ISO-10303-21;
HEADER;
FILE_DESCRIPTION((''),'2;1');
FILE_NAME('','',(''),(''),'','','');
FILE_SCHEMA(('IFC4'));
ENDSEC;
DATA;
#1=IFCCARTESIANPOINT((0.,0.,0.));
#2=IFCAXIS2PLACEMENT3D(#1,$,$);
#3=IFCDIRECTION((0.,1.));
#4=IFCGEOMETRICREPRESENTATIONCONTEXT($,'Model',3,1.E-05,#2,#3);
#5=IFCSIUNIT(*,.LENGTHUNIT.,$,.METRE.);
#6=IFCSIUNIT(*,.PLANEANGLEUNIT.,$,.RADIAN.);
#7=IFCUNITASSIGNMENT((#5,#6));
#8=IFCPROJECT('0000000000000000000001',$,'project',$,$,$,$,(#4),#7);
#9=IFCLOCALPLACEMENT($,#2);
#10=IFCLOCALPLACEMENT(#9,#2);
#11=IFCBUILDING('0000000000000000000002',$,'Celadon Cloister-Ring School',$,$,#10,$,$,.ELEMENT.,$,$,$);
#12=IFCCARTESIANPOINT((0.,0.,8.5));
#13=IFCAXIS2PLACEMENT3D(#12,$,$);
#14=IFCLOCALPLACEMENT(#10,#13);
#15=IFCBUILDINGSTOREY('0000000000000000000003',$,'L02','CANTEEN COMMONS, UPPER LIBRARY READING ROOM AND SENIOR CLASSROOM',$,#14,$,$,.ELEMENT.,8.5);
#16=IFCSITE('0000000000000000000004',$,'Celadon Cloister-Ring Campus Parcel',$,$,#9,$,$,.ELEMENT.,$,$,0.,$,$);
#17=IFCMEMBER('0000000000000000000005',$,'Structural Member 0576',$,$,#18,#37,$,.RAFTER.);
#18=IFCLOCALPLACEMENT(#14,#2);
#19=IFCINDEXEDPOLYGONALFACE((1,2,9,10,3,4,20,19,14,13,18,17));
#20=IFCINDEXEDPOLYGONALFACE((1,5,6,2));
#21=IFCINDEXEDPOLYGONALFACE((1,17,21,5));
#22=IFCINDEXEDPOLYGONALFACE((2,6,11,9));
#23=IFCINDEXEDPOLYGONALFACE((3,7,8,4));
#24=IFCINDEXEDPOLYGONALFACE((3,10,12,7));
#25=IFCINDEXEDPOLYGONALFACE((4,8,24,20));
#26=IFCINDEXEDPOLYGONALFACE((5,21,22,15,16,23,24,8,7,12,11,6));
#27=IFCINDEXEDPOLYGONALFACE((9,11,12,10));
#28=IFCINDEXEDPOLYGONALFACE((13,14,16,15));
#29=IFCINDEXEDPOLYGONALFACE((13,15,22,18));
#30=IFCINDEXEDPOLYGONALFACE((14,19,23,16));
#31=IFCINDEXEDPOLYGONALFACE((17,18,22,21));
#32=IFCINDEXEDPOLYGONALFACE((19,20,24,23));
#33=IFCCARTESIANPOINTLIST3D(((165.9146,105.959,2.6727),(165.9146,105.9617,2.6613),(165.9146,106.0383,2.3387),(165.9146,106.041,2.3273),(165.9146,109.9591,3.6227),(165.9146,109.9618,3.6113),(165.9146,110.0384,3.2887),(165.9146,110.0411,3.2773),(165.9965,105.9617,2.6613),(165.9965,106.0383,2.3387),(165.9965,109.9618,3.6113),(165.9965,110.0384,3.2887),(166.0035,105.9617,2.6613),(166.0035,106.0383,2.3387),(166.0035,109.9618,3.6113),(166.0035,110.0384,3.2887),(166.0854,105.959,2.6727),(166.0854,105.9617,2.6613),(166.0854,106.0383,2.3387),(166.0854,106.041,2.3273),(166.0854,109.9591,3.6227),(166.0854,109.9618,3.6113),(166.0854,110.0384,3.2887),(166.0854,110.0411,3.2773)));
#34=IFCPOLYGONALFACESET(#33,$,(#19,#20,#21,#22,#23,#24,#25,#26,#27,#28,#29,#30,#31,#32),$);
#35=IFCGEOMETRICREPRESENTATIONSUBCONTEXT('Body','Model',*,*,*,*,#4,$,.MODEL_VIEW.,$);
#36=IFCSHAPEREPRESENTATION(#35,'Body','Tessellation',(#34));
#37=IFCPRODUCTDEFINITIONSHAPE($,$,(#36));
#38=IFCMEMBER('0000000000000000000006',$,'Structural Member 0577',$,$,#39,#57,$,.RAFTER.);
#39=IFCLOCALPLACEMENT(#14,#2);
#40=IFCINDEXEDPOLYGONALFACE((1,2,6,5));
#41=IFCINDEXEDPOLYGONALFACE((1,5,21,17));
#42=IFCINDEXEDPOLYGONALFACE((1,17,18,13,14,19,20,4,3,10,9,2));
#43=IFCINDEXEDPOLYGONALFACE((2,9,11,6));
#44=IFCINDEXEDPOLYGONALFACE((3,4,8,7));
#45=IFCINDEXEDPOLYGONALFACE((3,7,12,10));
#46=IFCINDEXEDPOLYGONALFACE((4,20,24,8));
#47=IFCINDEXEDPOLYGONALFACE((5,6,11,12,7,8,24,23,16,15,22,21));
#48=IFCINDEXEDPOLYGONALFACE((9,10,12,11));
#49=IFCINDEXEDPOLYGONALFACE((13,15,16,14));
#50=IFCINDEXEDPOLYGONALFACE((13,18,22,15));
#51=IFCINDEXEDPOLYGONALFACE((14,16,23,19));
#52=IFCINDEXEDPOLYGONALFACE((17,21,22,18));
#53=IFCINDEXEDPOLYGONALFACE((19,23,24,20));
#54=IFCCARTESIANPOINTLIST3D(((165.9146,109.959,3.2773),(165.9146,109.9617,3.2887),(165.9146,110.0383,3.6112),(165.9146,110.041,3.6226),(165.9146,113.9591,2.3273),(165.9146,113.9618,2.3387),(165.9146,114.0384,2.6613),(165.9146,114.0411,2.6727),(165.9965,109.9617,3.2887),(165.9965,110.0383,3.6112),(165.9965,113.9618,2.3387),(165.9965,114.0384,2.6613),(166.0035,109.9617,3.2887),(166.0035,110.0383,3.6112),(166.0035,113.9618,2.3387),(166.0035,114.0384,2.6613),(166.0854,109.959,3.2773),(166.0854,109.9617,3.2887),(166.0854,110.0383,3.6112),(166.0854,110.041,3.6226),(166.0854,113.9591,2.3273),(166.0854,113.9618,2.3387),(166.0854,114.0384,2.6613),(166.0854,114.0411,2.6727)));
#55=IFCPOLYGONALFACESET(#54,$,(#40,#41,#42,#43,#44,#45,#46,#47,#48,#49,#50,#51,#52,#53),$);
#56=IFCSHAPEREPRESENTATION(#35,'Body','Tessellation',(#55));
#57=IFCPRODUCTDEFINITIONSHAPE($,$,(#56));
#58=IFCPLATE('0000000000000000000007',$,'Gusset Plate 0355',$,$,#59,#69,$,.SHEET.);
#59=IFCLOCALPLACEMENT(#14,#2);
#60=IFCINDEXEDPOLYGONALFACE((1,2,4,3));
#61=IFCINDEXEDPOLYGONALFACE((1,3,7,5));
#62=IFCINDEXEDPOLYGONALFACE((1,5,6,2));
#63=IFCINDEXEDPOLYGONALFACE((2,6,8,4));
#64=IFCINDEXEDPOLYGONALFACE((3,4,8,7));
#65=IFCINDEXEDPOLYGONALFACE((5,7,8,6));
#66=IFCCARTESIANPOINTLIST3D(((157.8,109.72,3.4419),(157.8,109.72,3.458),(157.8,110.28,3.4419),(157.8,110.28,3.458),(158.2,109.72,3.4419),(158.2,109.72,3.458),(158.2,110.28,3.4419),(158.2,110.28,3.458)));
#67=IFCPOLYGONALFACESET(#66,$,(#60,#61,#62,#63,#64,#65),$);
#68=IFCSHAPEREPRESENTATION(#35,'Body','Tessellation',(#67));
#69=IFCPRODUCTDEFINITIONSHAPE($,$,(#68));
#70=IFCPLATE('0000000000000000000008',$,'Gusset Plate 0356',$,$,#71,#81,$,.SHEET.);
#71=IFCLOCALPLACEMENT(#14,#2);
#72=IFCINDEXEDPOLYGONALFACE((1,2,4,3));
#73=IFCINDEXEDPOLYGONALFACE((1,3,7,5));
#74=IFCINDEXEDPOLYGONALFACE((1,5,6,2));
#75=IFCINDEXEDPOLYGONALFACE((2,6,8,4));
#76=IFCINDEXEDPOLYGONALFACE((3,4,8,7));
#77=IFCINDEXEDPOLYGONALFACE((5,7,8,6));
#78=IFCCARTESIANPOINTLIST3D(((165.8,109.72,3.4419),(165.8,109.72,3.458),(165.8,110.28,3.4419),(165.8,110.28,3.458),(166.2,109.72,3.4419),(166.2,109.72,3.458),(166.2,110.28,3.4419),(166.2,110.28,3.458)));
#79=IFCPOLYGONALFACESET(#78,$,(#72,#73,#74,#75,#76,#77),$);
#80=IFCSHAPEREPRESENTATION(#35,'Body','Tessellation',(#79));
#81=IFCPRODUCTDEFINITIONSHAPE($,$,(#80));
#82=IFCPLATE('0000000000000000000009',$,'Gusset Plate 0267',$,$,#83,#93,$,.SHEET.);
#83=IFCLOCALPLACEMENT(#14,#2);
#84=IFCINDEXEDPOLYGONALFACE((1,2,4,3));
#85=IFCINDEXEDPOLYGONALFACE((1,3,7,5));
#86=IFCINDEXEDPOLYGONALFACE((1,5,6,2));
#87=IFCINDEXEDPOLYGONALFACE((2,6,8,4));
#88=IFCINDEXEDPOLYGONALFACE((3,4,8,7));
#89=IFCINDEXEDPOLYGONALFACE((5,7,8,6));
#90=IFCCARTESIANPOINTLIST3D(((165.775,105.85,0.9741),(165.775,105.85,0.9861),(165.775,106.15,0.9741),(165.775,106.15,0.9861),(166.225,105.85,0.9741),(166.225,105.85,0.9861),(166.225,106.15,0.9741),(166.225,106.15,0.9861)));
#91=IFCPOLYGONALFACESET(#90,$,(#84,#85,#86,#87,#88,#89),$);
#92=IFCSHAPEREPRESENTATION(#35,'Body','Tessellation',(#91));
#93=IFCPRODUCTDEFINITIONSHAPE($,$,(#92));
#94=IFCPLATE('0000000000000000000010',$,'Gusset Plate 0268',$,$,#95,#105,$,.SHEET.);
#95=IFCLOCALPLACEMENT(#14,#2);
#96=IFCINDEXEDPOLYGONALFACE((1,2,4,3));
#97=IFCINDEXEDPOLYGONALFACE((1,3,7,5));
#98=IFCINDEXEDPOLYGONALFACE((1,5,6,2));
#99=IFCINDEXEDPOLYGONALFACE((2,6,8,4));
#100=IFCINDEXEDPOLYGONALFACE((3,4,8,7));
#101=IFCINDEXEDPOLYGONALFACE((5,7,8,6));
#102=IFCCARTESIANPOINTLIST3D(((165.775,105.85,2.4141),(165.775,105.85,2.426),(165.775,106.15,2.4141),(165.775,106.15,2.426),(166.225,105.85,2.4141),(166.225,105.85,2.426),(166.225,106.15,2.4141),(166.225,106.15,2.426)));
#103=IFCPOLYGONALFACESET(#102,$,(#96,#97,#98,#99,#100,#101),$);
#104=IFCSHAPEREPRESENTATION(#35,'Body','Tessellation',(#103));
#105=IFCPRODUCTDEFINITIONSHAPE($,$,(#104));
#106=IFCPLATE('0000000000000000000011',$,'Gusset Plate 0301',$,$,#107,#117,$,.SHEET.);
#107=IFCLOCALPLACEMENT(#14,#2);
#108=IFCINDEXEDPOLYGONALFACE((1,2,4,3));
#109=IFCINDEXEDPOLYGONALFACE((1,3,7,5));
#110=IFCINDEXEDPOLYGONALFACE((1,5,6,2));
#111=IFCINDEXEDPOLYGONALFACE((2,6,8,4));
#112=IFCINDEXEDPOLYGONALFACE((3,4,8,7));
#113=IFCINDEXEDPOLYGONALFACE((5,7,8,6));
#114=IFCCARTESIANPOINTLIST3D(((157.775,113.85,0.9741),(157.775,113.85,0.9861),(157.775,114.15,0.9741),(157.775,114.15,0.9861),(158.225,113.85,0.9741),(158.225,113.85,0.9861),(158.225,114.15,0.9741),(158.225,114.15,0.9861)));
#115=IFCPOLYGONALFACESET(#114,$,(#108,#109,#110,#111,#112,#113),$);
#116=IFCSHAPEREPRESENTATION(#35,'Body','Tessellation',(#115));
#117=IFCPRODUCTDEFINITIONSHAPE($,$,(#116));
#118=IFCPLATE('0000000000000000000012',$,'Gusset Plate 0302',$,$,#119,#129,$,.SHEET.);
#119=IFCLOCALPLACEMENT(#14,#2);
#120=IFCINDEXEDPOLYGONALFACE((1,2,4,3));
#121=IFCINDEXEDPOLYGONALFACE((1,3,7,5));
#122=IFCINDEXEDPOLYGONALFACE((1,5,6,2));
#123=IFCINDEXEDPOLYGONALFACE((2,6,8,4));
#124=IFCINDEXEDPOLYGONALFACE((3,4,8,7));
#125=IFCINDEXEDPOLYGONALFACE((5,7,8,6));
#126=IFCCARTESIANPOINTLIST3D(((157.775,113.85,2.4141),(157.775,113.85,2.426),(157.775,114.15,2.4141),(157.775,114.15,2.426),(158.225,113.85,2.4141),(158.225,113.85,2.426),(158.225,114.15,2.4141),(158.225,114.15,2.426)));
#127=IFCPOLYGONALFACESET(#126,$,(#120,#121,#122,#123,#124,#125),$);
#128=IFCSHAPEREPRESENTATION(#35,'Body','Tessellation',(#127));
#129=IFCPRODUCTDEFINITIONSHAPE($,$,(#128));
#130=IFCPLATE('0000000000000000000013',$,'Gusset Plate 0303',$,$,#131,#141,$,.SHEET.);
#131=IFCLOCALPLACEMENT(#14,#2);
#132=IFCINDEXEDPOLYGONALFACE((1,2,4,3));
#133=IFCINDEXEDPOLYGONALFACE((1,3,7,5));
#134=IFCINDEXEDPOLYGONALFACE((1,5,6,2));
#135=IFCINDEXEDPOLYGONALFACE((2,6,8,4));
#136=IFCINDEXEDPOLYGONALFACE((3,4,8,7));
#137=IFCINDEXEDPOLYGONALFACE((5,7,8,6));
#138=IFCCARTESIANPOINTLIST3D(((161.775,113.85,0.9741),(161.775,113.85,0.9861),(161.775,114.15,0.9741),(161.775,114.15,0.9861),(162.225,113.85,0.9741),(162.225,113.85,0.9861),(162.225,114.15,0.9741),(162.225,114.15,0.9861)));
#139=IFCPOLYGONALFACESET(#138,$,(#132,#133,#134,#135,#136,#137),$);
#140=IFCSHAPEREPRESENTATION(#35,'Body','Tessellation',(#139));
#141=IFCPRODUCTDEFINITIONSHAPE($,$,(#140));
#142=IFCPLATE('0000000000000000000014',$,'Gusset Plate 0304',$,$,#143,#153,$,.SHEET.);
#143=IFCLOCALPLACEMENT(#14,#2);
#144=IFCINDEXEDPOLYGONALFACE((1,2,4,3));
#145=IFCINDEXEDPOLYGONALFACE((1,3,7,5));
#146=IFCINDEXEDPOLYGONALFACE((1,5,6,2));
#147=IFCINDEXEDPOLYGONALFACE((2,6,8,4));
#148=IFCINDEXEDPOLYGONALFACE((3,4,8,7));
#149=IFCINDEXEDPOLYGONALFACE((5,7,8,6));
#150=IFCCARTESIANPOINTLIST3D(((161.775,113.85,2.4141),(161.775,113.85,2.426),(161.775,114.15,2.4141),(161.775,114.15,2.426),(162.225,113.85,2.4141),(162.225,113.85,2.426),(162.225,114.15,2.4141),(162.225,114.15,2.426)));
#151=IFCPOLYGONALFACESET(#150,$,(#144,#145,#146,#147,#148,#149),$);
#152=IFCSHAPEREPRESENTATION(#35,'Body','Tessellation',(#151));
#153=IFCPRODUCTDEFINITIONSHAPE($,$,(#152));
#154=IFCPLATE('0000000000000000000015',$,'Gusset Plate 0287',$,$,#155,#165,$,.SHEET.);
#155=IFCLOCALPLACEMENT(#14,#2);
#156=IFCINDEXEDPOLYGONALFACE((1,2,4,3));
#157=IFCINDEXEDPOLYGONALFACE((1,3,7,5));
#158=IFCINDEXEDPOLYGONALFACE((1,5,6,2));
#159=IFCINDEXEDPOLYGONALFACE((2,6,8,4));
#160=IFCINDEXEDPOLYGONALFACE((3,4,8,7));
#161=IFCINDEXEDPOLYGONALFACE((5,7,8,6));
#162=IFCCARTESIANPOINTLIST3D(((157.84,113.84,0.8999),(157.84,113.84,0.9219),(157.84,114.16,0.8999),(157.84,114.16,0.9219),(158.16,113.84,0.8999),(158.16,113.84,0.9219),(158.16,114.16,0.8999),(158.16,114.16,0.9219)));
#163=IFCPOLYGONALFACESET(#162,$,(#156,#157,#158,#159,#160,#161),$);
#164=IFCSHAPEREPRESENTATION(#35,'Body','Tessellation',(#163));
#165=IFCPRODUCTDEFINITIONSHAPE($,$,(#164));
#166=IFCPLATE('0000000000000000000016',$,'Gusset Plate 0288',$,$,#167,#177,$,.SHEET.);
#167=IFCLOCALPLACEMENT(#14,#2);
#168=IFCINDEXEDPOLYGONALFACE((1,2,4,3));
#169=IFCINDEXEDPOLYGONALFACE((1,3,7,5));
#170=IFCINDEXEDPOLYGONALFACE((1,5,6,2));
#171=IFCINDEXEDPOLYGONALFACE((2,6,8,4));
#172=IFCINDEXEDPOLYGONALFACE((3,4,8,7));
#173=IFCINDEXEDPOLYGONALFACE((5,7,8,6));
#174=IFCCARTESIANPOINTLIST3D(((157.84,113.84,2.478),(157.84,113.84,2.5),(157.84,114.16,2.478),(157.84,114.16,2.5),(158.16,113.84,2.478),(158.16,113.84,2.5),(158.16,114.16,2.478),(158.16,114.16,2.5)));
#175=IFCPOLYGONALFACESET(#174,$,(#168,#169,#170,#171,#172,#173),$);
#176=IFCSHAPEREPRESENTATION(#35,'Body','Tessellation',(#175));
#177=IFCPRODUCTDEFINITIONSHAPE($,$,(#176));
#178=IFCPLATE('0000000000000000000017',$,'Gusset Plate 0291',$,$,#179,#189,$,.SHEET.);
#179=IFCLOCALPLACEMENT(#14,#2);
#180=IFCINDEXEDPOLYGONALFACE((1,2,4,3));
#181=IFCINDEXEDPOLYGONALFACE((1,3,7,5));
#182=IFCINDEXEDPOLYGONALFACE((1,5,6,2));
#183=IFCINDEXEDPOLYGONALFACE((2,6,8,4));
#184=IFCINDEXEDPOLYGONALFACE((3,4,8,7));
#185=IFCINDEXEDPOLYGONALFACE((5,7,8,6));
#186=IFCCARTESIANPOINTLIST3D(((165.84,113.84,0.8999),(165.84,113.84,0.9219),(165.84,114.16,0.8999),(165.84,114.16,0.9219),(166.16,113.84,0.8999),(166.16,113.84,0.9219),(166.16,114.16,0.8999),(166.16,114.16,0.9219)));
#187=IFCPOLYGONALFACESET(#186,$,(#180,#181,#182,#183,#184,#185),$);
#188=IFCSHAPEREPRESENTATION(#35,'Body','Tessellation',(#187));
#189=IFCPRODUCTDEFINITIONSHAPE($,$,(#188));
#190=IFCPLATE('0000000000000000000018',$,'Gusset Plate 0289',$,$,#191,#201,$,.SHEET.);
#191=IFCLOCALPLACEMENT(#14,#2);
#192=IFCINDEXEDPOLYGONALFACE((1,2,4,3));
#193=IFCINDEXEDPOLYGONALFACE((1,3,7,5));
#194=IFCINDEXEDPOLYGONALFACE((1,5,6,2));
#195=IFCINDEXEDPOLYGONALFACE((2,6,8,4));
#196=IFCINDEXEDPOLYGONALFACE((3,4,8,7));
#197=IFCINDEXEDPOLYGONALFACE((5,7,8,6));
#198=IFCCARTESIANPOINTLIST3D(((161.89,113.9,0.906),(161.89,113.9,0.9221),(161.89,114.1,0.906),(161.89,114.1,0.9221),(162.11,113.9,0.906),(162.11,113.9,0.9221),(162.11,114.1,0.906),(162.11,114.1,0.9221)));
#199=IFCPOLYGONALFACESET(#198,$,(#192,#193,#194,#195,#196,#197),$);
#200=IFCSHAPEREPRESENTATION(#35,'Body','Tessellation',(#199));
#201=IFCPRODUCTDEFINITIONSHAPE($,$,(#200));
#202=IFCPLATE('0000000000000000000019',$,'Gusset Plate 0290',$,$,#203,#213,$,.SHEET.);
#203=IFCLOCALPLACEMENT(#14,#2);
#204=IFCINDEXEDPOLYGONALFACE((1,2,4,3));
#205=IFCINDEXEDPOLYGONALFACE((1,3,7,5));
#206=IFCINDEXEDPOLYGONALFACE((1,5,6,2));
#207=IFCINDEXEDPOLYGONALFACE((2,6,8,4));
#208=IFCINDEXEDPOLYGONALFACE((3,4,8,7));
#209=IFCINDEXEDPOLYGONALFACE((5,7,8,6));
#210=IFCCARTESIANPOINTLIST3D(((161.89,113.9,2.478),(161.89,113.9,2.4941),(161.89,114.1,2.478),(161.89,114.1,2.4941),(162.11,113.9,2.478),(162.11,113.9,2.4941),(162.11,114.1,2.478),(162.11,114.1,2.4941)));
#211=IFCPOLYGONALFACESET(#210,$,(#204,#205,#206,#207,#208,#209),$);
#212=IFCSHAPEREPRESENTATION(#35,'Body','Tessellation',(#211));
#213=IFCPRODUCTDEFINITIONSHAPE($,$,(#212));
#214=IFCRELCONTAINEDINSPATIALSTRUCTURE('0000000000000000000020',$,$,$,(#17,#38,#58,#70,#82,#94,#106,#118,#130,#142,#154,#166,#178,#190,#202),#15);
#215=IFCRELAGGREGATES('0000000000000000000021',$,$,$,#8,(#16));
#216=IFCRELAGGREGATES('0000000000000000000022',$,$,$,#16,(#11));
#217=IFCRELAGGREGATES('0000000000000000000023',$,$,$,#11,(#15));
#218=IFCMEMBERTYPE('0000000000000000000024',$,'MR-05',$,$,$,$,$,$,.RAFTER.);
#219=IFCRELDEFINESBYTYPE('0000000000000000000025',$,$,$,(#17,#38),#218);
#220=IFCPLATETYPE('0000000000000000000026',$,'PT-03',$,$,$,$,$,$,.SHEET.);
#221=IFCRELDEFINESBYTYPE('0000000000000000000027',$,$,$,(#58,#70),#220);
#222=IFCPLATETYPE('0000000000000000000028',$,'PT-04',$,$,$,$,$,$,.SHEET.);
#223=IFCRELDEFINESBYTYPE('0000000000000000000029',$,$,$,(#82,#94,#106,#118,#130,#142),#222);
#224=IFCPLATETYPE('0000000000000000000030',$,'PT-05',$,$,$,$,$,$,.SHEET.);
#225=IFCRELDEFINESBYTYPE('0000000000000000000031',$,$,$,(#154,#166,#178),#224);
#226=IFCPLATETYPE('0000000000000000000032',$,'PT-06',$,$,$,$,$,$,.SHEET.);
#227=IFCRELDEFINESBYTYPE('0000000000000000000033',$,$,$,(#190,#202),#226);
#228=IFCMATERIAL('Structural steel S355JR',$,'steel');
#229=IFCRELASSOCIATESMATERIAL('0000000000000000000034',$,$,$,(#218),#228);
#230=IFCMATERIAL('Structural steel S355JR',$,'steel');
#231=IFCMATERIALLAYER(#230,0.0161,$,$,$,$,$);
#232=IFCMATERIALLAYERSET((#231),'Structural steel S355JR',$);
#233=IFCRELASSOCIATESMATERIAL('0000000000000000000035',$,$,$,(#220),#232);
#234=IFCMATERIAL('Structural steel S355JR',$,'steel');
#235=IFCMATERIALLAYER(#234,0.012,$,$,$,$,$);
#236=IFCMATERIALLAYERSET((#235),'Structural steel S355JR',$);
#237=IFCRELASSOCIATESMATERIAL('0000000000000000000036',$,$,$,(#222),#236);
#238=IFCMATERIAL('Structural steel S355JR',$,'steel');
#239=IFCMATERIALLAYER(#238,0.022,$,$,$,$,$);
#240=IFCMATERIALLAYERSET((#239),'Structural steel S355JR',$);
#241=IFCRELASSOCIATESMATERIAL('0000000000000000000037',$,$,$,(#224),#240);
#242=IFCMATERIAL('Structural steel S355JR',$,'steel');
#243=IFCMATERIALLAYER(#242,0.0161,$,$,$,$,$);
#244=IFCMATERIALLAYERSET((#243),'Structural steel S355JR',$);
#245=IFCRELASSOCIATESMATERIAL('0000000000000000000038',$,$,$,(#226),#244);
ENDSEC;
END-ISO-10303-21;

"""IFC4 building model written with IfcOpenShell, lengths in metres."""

from ifc_helpers import new_model, si_unit, direction, frame, origin, origin_2d, place, context, subcontext, project, spatial, rectangle, i_section, extrude, material, layer, layer_set, material_profile, profile_set, type_object, element, save


model = new_model("IFC4")

# Units and contexts
model_context = context("Model", 3, precision=1e-05, world=origin(), true_north=direction((0.0, 1.0)))
body_context = subcontext(model_context, "Body", "Model", "MODEL_VIEW")
ifc_project = project(units=[si_unit("LENGTHUNIT", "METRE"), si_unit("PLANEANGLEUNIT", "RADIAN")], contexts=[model_context])

# Site, building, storey
site_placement = place(None, origin())
site = spatial("IfcSite", under=ifc_project, at=site_placement, Name="Celadon Cloister-Ring Campus Parcel", CompositionType="ELEMENT", RefElevation=0.0)
building_placement = place(site_placement, origin())
building = spatial("IfcBuilding", under=site, at=building_placement, Name="Celadon Cloister-Ring School", CompositionType="ELEMENT")
storey_placement = place(building_placement, frame((0.0, 0.0, 8.5)))
storey = spatial("IfcBuildingStorey", under=building, at=storey_placement, Name="L02", Description="CANTEEN COMMONS, UPPER LIBRARY READING ROOM AND SENIOR CLASSROOM", CompositionType="ELEMENT", Elevation=8.5)

# Members
ifc_material_1 = material(Name="Structural steel S355JR", Category="steel")
ifc_material_profile_1 = material_profile(ifc_material_1, i_section(OverallWidth=0.1709, OverallDepth=0.355, WebThickness=0.0071, FlangeThickness=0.0117, at=origin_2d()), Name="W360X51")
ifc_profile_set_1 = profile_set([ifc_material_profile_1], Name="Structural steel S355JR")
member_type_1 = type_object("IfcMemberType", Name="MR-05", PredefinedType="RAFTER", material=ifc_profile_set_1)
for number, where, z_axis, x_axis, name in (
    (1, (166.0, 106.0, 2.5), (0.0, 0.972939, 0.231061), (-1.0, 0.0, 0.0), "Structural Member 0576"),
    (2, (166.0, 110.0, 3.45), (0.0, 0.972939, -0.231061), (-1.0, 0.0, 0.0), "Structural Member 0577"),
):
    element("IfcMember", number, at=place(storey_placement, frame(where, z_axis=z_axis, x_axis=x_axis)), inside=storey, type_object=member_type_1, Name=name, PredefinedType="RAFTER", context=body_context, shape_type="SweptSolid", body=[
        extrude(i_section(OverallWidth=0.1709, OverallDepth=0.355, WebThickness=0.0071, FlangeThickness=0.0117, at=origin_2d()), origin(), (0.0, 0.0, 1.0), 4.1113),
    ])

# Plates
ifc_material_2 = material(Name="Structural steel S355JR", Category="steel")
ifc_layer_1 = layer(ifc_material_2, 0.0161)
ifc_layer_set_1 = layer_set([ifc_layer_1], Name="Structural steel S355JR")
plate_type_1 = type_object("IfcPlateType", Name="PT-03", PredefinedType="SHEET", material=ifc_layer_set_1)
for number, where, z_axis, x_axis, name in (
    (3, (158.0, 110.0, 3.4419), (0.0, 0.0, 1.0), (0.0, 1.0, 0.0), "Gusset Plate 0355"),
    (4, (166.0, 110.0, 3.4419), (0.0, 0.0, 1.0), (0.0, 1.0, 0.0), "Gusset Plate 0356"),
):
    element("IfcPlate", number, at=place(storey_placement, frame(where, z_axis=z_axis, x_axis=x_axis)), inside=storey, type_object=plate_type_1, Name=name, PredefinedType="SHEET", context=body_context, shape_type="SweptSolid", body=[
        extrude(rectangle(XDim=0.5601, YDim=0.3999, at=origin_2d()), origin(), (0.0, 0.0, 1.0), 0.0161),
    ])
ifc_material_3 = material(Name="Structural steel S355JR", Category="steel")
ifc_layer_2 = layer(ifc_material_3, 0.012)
ifc_layer_set_2 = layer_set([ifc_layer_2], Name="Structural steel S355JR")
plate_type_2 = type_object("IfcPlateType", Name="PT-04", PredefinedType="SHEET", material=ifc_layer_set_2)
for number, where, z_axis, x_axis, name in (
    (5, (166.0, 106.0, 0.9741), (0.0, 0.0, 1.0), (1.0, 0.0, 0.0), "Gusset Plate 0267"),
    (6, (166.0, 106.0, 2.4141), (0.0, 0.0, 1.0), (1.0, 0.0, 0.0), "Gusset Plate 0268"),
    (7, (158.0, 114.0, 0.9741), (0.0, 0.0, 1.0), (1.0, 0.0, 0.0), "Gusset Plate 0301"),
    (8, (158.0, 114.0, 2.4141), (0.0, 0.0, 1.0), (1.0, 0.0, 0.0), "Gusset Plate 0302"),
    (9, (162.0, 114.0, 0.9741), (0.0, 0.0, 1.0), (1.0, 0.0, 0.0), "Gusset Plate 0303"),
    (10, (162.0, 114.0, 2.4141), (0.0, 0.0, 1.0), (1.0, 0.0, 0.0), "Gusset Plate 0304"),
):
    element("IfcPlate", number, at=place(storey_placement, frame(where, z_axis=z_axis, x_axis=x_axis)), inside=storey, type_object=plate_type_2, Name=name, PredefinedType="SHEET", context=body_context, shape_type="SweptSolid", body=[
        extrude(rectangle(XDim=0.45, YDim=0.3, at=origin_2d()), origin(), (0.0, 0.0, 1.0), 0.012),
    ])
ifc_material_4 = material(Name="Structural steel S355JR", Category="steel")
ifc_layer_3 = layer(ifc_material_4, 0.022)
ifc_layer_set_3 = layer_set([ifc_layer_3], Name="Structural steel S355JR")
plate_type_3 = type_object("IfcPlateType", Name="PT-05", PredefinedType="SHEET", material=ifc_layer_set_3)
for number, where, z_axis, x_axis, name in (
    (11, (158.0, 114.0, 0.8999), (0.0, 0.0, 1.0), (1.0, 0.0, 0.0), "Gusset Plate 0287"),
    (12, (158.0, 114.0, 2.478), (0.0, 0.0, 1.0), (1.0, 0.0, 0.0), "Gusset Plate 0288"),
    (13, (166.0, 114.0, 0.8999), (0.0, 0.0, 1.0), (1.0, 0.0, 0.0), "Gusset Plate 0291"),
):
    element("IfcPlate", number, at=place(storey_placement, frame(where, z_axis=z_axis, x_axis=x_axis)), inside=storey, type_object=plate_type_3, Name=name, PredefinedType="SHEET", context=body_context, shape_type="SweptSolid", body=[
        extrude(rectangle(XDim=0.3201, YDim=0.3201, at=origin_2d()), origin(), (0.0, 0.0, 1.0), 0.022),
    ])
ifc_material_5 = material(Name="Structural steel S355JR", Category="steel")
ifc_layer_4 = layer(ifc_material_5, 0.0161)
ifc_layer_set_4 = layer_set([ifc_layer_4], Name="Structural steel S355JR")
plate_type_4 = type_object("IfcPlateType", Name="PT-06", PredefinedType="SHEET", material=ifc_layer_set_4)
for number, where, z_axis, x_axis, name in (
    (14, (162.0, 114.0, 0.906), (0.0, 0.0, 1.0), (1.0, 0.0, 0.0), "Gusset Plate 0289"),
    (15, (162.0, 114.0, 2.478), (0.0, 0.0, 1.0), (1.0, 0.0, 0.0), "Gusset Plate 0290"),
):
    element("IfcPlate", number, at=place(storey_placement, frame(where, z_axis=z_axis, x_axis=x_axis)), inside=storey, type_object=plate_type_4, Name=name, PredefinedType="SHEET", context=body_context, shape_type="SweptSolid", body=[
        extrude(rectangle(XDim=0.22, YDim=0.2, at=origin_2d()), origin(), (0.0, 0.0, 1.0), 0.0161),
    ])

save(model, "model.ifc")
